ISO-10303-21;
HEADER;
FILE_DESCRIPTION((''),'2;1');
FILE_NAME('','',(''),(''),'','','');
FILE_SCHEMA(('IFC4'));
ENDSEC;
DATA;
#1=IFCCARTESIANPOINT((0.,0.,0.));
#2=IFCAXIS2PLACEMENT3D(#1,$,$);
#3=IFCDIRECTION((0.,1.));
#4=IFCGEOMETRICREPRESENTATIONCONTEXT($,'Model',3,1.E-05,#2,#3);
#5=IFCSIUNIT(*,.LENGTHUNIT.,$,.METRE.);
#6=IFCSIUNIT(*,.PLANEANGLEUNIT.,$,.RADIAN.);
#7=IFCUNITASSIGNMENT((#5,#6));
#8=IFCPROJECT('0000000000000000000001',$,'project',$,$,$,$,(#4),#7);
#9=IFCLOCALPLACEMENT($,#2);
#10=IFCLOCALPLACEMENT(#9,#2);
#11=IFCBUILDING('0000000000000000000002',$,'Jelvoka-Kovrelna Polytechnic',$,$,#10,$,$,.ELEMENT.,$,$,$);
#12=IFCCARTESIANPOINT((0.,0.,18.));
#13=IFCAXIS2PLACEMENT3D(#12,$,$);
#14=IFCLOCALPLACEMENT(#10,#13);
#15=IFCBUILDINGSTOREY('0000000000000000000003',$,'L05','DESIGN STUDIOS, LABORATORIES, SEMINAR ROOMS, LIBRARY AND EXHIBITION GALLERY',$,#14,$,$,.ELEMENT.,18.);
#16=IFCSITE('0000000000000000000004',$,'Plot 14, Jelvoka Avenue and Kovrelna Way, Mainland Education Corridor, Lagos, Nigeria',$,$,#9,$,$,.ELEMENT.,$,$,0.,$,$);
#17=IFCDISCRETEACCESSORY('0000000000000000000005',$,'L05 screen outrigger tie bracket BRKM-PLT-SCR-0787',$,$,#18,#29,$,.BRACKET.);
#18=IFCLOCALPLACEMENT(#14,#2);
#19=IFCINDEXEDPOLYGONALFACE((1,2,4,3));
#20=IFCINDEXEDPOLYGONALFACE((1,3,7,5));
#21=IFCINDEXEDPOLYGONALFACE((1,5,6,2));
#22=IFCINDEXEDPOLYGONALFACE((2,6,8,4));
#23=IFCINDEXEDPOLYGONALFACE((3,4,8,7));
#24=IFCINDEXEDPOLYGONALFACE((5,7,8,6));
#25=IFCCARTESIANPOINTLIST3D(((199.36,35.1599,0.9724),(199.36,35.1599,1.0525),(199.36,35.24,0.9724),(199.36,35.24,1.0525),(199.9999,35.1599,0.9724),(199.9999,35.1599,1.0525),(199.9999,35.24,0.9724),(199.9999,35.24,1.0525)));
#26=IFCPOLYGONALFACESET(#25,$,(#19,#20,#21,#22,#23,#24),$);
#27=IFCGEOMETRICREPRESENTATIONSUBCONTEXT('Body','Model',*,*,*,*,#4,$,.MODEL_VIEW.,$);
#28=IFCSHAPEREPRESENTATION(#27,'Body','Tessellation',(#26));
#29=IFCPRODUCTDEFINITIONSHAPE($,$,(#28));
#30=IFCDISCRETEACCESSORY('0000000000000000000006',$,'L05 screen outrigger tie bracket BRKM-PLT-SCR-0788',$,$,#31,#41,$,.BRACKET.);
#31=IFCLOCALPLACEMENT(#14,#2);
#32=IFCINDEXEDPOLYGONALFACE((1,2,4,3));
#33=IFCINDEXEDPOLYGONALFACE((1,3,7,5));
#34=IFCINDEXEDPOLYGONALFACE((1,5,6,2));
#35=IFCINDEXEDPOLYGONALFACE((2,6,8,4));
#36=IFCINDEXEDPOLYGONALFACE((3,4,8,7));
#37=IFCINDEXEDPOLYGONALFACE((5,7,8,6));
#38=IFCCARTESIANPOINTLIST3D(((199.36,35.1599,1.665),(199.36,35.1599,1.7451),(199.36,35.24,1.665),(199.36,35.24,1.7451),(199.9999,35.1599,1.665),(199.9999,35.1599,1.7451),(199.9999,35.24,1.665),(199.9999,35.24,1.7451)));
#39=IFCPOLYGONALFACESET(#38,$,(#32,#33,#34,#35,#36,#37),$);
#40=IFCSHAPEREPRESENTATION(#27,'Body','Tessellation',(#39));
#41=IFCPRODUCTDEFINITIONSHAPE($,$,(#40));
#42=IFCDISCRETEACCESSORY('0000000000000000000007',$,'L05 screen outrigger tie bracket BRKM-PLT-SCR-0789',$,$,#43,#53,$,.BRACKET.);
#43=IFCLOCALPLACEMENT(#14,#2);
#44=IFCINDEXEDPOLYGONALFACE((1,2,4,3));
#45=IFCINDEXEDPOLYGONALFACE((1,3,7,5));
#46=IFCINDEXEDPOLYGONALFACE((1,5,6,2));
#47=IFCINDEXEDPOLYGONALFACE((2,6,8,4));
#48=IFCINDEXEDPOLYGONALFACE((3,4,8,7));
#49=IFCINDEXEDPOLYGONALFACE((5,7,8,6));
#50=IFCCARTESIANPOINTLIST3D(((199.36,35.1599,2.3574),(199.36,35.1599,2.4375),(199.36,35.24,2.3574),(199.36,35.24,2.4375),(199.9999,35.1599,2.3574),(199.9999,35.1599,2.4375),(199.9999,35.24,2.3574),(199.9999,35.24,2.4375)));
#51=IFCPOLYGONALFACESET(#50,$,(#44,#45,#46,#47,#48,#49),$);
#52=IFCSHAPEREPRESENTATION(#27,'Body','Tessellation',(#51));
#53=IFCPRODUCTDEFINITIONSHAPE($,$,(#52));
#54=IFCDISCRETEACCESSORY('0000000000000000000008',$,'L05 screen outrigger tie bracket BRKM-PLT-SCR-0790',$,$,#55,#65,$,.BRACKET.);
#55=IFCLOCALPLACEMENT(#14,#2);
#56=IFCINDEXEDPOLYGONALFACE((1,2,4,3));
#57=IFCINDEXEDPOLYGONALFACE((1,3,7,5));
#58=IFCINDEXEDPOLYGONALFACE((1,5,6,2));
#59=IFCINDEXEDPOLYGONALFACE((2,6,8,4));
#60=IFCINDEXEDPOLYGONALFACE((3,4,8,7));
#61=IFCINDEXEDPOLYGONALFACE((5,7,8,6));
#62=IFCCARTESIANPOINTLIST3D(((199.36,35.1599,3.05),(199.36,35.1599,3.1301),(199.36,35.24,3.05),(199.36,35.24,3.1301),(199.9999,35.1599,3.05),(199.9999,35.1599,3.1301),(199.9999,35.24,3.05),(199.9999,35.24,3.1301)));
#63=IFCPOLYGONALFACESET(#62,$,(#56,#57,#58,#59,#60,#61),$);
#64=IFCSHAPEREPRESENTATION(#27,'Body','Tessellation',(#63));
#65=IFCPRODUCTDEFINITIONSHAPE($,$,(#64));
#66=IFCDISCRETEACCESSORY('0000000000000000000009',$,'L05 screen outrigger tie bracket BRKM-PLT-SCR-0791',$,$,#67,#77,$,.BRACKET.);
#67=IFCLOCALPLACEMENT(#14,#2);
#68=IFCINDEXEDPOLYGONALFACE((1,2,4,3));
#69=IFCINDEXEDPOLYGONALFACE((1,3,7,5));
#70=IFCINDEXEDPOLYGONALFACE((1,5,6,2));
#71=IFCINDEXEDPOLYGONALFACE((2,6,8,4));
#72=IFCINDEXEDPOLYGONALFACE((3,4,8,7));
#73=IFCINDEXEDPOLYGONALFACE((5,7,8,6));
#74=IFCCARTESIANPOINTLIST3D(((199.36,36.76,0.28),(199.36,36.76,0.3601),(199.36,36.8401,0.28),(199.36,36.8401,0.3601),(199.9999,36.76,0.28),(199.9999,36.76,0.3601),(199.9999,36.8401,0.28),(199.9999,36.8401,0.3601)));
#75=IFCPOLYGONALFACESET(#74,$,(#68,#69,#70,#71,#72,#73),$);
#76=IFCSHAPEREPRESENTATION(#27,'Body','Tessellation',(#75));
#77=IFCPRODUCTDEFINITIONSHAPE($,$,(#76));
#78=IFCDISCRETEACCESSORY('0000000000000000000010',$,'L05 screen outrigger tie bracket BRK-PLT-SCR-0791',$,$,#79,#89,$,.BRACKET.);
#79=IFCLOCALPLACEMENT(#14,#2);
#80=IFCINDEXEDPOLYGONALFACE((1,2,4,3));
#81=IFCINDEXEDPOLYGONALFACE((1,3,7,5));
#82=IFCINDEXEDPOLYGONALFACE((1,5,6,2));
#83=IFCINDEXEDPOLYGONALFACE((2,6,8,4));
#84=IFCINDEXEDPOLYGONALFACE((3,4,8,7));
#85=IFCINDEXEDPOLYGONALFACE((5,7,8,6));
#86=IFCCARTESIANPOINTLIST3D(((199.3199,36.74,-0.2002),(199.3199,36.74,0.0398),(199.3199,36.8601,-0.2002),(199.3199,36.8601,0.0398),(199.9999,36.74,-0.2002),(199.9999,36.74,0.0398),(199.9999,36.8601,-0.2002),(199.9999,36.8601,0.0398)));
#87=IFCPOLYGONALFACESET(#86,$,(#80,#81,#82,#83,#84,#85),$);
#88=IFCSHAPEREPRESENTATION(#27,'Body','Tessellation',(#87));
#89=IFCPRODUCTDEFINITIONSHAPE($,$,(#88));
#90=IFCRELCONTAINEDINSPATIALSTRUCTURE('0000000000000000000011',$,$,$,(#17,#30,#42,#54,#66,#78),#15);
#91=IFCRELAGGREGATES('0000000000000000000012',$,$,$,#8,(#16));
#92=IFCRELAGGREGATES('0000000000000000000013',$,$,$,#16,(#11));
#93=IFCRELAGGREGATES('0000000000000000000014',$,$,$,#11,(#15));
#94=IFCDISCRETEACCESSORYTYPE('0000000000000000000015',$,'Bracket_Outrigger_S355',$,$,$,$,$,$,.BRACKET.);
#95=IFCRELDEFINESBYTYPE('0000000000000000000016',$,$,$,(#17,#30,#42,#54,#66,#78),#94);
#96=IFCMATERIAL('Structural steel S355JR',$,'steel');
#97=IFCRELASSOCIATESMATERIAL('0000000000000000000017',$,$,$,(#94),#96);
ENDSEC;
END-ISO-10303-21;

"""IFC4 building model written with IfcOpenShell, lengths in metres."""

from ifc_helpers import new_model, si_unit, direction, frame, origin, origin_2d, place, context, subcontext, project, spatial, rectangle, extrude, material, type_object, element, save


model = new_model("IFC4")

# Units and contexts
model_context = context("Model", 3, precision=1e-05, world=origin(), true_north=direction((0.0, 1.0)))
body_context = subcontext(model_context, "Body", "Model", "MODEL_VIEW")
ifc_project = project(units=[si_unit("LENGTHUNIT", "METRE"), si_unit("PLANEANGLEUNIT", "RADIAN")], contexts=[model_context])

# Site, building, storey
site_placement = place(None, origin())
site = spatial("IfcSite", under=ifc_project, at=site_placement, Name="Plot 14, Jelvoka Avenue and Kovrelna Way, Mainland Education Corridor, Lagos, Nigeria", CompositionType="ELEMENT", RefElevation=0.0)
building_placement = place(site_placement, origin())
building = spatial("IfcBuilding", under=site, at=building_placement, Name="Jelvoka-Kovrelna Polytechnic", CompositionType="ELEMENT")
storey_placement = place(building_placement, frame((0.0, 0.0, 18.0)))
storey = spatial("IfcBuildingStorey", under=building, at=storey_placement, Name="L05", Description="DESIGN STUDIOS, LABORATORIES, SEMINAR ROOMS, LIBRARY AND EXHIBITION GALLERY", CompositionType="ELEMENT", Elevation=18.0)

# Discrete accessories
ifc_material_1 = material(Name="Structural steel S355JR", Category="steel")
discrete_accessory_type = type_object("IfcDiscreteAccessoryType", Name="Bracket_Outrigger_S355", PredefinedType="BRACKET", material=ifc_material_1)
for number, where, z_axis, x_axis, name in (
    (1, (199.6799, 35.2, 0.9724), (0.0, 0.0, 1.0), (1.0, 0.0, 0.0), "L05 screen outrigger tie bracket BRKM-PLT-SCR-0787"),
    (2, (199.6799, 35.2, 1.665), (0.0, 0.0, 1.0), (1.0, 0.0, 0.0), "L05 screen outrigger tie bracket BRKM-PLT-SCR-0788"),
    (3, (199.6799, 35.2, 2.3574), (0.0, 0.0, 1.0), (1.0, 0.0, 0.0), "L05 screen outrigger tie bracket BRKM-PLT-SCR-0789"),
    (4, (199.6799, 35.2, 3.05), (0.0, 0.0, 1.0), (1.0, 0.0, 0.0), "L05 screen outrigger tie bracket BRKM-PLT-SCR-0790"),
    (5, (199.6799, 36.8, 0.28), (0.0, 0.0, 1.0), (1.0, 0.0, 0.0), "L05 screen outrigger tie bracket BRKM-PLT-SCR-0791"),
):
    element("IfcDiscreteAccessory", number, at=place(storey_placement, frame(where, z_axis=z_axis, x_axis=x_axis)), inside=storey, type_object=discrete_accessory_type, Name=name, PredefinedType="BRACKET", context=body_context, shape_type="SweptSolid", body=[
        extrude(rectangle(XDim=0.6399, YDim=0.0801, at=origin_2d()), origin(), (0.0, 0.0, 1.0), 0.0801),
    ])
discrete_accessory_1_placement = place(storey_placement, frame((199.6599, 36.8, -0.2002), z_axis=(0.0, 0.0, 1.0), x_axis=(1.0, 0.0, 0.0)))
element("IfcDiscreteAccessory", 6, at=discrete_accessory_1_placement, inside=storey, type_object=discrete_accessory_type, Name="L05 screen outrigger tie bracket BRK-PLT-SCR-0791", PredefinedType="BRACKET", context=body_context, shape_type="SweptSolid", body=[
    extrude(rectangle(XDim=0.6799, YDim=0.1201, at=origin_2d()), origin(), (0.0, 0.0, 1.0), 0.24),
])

save(model, "model.ifc")
